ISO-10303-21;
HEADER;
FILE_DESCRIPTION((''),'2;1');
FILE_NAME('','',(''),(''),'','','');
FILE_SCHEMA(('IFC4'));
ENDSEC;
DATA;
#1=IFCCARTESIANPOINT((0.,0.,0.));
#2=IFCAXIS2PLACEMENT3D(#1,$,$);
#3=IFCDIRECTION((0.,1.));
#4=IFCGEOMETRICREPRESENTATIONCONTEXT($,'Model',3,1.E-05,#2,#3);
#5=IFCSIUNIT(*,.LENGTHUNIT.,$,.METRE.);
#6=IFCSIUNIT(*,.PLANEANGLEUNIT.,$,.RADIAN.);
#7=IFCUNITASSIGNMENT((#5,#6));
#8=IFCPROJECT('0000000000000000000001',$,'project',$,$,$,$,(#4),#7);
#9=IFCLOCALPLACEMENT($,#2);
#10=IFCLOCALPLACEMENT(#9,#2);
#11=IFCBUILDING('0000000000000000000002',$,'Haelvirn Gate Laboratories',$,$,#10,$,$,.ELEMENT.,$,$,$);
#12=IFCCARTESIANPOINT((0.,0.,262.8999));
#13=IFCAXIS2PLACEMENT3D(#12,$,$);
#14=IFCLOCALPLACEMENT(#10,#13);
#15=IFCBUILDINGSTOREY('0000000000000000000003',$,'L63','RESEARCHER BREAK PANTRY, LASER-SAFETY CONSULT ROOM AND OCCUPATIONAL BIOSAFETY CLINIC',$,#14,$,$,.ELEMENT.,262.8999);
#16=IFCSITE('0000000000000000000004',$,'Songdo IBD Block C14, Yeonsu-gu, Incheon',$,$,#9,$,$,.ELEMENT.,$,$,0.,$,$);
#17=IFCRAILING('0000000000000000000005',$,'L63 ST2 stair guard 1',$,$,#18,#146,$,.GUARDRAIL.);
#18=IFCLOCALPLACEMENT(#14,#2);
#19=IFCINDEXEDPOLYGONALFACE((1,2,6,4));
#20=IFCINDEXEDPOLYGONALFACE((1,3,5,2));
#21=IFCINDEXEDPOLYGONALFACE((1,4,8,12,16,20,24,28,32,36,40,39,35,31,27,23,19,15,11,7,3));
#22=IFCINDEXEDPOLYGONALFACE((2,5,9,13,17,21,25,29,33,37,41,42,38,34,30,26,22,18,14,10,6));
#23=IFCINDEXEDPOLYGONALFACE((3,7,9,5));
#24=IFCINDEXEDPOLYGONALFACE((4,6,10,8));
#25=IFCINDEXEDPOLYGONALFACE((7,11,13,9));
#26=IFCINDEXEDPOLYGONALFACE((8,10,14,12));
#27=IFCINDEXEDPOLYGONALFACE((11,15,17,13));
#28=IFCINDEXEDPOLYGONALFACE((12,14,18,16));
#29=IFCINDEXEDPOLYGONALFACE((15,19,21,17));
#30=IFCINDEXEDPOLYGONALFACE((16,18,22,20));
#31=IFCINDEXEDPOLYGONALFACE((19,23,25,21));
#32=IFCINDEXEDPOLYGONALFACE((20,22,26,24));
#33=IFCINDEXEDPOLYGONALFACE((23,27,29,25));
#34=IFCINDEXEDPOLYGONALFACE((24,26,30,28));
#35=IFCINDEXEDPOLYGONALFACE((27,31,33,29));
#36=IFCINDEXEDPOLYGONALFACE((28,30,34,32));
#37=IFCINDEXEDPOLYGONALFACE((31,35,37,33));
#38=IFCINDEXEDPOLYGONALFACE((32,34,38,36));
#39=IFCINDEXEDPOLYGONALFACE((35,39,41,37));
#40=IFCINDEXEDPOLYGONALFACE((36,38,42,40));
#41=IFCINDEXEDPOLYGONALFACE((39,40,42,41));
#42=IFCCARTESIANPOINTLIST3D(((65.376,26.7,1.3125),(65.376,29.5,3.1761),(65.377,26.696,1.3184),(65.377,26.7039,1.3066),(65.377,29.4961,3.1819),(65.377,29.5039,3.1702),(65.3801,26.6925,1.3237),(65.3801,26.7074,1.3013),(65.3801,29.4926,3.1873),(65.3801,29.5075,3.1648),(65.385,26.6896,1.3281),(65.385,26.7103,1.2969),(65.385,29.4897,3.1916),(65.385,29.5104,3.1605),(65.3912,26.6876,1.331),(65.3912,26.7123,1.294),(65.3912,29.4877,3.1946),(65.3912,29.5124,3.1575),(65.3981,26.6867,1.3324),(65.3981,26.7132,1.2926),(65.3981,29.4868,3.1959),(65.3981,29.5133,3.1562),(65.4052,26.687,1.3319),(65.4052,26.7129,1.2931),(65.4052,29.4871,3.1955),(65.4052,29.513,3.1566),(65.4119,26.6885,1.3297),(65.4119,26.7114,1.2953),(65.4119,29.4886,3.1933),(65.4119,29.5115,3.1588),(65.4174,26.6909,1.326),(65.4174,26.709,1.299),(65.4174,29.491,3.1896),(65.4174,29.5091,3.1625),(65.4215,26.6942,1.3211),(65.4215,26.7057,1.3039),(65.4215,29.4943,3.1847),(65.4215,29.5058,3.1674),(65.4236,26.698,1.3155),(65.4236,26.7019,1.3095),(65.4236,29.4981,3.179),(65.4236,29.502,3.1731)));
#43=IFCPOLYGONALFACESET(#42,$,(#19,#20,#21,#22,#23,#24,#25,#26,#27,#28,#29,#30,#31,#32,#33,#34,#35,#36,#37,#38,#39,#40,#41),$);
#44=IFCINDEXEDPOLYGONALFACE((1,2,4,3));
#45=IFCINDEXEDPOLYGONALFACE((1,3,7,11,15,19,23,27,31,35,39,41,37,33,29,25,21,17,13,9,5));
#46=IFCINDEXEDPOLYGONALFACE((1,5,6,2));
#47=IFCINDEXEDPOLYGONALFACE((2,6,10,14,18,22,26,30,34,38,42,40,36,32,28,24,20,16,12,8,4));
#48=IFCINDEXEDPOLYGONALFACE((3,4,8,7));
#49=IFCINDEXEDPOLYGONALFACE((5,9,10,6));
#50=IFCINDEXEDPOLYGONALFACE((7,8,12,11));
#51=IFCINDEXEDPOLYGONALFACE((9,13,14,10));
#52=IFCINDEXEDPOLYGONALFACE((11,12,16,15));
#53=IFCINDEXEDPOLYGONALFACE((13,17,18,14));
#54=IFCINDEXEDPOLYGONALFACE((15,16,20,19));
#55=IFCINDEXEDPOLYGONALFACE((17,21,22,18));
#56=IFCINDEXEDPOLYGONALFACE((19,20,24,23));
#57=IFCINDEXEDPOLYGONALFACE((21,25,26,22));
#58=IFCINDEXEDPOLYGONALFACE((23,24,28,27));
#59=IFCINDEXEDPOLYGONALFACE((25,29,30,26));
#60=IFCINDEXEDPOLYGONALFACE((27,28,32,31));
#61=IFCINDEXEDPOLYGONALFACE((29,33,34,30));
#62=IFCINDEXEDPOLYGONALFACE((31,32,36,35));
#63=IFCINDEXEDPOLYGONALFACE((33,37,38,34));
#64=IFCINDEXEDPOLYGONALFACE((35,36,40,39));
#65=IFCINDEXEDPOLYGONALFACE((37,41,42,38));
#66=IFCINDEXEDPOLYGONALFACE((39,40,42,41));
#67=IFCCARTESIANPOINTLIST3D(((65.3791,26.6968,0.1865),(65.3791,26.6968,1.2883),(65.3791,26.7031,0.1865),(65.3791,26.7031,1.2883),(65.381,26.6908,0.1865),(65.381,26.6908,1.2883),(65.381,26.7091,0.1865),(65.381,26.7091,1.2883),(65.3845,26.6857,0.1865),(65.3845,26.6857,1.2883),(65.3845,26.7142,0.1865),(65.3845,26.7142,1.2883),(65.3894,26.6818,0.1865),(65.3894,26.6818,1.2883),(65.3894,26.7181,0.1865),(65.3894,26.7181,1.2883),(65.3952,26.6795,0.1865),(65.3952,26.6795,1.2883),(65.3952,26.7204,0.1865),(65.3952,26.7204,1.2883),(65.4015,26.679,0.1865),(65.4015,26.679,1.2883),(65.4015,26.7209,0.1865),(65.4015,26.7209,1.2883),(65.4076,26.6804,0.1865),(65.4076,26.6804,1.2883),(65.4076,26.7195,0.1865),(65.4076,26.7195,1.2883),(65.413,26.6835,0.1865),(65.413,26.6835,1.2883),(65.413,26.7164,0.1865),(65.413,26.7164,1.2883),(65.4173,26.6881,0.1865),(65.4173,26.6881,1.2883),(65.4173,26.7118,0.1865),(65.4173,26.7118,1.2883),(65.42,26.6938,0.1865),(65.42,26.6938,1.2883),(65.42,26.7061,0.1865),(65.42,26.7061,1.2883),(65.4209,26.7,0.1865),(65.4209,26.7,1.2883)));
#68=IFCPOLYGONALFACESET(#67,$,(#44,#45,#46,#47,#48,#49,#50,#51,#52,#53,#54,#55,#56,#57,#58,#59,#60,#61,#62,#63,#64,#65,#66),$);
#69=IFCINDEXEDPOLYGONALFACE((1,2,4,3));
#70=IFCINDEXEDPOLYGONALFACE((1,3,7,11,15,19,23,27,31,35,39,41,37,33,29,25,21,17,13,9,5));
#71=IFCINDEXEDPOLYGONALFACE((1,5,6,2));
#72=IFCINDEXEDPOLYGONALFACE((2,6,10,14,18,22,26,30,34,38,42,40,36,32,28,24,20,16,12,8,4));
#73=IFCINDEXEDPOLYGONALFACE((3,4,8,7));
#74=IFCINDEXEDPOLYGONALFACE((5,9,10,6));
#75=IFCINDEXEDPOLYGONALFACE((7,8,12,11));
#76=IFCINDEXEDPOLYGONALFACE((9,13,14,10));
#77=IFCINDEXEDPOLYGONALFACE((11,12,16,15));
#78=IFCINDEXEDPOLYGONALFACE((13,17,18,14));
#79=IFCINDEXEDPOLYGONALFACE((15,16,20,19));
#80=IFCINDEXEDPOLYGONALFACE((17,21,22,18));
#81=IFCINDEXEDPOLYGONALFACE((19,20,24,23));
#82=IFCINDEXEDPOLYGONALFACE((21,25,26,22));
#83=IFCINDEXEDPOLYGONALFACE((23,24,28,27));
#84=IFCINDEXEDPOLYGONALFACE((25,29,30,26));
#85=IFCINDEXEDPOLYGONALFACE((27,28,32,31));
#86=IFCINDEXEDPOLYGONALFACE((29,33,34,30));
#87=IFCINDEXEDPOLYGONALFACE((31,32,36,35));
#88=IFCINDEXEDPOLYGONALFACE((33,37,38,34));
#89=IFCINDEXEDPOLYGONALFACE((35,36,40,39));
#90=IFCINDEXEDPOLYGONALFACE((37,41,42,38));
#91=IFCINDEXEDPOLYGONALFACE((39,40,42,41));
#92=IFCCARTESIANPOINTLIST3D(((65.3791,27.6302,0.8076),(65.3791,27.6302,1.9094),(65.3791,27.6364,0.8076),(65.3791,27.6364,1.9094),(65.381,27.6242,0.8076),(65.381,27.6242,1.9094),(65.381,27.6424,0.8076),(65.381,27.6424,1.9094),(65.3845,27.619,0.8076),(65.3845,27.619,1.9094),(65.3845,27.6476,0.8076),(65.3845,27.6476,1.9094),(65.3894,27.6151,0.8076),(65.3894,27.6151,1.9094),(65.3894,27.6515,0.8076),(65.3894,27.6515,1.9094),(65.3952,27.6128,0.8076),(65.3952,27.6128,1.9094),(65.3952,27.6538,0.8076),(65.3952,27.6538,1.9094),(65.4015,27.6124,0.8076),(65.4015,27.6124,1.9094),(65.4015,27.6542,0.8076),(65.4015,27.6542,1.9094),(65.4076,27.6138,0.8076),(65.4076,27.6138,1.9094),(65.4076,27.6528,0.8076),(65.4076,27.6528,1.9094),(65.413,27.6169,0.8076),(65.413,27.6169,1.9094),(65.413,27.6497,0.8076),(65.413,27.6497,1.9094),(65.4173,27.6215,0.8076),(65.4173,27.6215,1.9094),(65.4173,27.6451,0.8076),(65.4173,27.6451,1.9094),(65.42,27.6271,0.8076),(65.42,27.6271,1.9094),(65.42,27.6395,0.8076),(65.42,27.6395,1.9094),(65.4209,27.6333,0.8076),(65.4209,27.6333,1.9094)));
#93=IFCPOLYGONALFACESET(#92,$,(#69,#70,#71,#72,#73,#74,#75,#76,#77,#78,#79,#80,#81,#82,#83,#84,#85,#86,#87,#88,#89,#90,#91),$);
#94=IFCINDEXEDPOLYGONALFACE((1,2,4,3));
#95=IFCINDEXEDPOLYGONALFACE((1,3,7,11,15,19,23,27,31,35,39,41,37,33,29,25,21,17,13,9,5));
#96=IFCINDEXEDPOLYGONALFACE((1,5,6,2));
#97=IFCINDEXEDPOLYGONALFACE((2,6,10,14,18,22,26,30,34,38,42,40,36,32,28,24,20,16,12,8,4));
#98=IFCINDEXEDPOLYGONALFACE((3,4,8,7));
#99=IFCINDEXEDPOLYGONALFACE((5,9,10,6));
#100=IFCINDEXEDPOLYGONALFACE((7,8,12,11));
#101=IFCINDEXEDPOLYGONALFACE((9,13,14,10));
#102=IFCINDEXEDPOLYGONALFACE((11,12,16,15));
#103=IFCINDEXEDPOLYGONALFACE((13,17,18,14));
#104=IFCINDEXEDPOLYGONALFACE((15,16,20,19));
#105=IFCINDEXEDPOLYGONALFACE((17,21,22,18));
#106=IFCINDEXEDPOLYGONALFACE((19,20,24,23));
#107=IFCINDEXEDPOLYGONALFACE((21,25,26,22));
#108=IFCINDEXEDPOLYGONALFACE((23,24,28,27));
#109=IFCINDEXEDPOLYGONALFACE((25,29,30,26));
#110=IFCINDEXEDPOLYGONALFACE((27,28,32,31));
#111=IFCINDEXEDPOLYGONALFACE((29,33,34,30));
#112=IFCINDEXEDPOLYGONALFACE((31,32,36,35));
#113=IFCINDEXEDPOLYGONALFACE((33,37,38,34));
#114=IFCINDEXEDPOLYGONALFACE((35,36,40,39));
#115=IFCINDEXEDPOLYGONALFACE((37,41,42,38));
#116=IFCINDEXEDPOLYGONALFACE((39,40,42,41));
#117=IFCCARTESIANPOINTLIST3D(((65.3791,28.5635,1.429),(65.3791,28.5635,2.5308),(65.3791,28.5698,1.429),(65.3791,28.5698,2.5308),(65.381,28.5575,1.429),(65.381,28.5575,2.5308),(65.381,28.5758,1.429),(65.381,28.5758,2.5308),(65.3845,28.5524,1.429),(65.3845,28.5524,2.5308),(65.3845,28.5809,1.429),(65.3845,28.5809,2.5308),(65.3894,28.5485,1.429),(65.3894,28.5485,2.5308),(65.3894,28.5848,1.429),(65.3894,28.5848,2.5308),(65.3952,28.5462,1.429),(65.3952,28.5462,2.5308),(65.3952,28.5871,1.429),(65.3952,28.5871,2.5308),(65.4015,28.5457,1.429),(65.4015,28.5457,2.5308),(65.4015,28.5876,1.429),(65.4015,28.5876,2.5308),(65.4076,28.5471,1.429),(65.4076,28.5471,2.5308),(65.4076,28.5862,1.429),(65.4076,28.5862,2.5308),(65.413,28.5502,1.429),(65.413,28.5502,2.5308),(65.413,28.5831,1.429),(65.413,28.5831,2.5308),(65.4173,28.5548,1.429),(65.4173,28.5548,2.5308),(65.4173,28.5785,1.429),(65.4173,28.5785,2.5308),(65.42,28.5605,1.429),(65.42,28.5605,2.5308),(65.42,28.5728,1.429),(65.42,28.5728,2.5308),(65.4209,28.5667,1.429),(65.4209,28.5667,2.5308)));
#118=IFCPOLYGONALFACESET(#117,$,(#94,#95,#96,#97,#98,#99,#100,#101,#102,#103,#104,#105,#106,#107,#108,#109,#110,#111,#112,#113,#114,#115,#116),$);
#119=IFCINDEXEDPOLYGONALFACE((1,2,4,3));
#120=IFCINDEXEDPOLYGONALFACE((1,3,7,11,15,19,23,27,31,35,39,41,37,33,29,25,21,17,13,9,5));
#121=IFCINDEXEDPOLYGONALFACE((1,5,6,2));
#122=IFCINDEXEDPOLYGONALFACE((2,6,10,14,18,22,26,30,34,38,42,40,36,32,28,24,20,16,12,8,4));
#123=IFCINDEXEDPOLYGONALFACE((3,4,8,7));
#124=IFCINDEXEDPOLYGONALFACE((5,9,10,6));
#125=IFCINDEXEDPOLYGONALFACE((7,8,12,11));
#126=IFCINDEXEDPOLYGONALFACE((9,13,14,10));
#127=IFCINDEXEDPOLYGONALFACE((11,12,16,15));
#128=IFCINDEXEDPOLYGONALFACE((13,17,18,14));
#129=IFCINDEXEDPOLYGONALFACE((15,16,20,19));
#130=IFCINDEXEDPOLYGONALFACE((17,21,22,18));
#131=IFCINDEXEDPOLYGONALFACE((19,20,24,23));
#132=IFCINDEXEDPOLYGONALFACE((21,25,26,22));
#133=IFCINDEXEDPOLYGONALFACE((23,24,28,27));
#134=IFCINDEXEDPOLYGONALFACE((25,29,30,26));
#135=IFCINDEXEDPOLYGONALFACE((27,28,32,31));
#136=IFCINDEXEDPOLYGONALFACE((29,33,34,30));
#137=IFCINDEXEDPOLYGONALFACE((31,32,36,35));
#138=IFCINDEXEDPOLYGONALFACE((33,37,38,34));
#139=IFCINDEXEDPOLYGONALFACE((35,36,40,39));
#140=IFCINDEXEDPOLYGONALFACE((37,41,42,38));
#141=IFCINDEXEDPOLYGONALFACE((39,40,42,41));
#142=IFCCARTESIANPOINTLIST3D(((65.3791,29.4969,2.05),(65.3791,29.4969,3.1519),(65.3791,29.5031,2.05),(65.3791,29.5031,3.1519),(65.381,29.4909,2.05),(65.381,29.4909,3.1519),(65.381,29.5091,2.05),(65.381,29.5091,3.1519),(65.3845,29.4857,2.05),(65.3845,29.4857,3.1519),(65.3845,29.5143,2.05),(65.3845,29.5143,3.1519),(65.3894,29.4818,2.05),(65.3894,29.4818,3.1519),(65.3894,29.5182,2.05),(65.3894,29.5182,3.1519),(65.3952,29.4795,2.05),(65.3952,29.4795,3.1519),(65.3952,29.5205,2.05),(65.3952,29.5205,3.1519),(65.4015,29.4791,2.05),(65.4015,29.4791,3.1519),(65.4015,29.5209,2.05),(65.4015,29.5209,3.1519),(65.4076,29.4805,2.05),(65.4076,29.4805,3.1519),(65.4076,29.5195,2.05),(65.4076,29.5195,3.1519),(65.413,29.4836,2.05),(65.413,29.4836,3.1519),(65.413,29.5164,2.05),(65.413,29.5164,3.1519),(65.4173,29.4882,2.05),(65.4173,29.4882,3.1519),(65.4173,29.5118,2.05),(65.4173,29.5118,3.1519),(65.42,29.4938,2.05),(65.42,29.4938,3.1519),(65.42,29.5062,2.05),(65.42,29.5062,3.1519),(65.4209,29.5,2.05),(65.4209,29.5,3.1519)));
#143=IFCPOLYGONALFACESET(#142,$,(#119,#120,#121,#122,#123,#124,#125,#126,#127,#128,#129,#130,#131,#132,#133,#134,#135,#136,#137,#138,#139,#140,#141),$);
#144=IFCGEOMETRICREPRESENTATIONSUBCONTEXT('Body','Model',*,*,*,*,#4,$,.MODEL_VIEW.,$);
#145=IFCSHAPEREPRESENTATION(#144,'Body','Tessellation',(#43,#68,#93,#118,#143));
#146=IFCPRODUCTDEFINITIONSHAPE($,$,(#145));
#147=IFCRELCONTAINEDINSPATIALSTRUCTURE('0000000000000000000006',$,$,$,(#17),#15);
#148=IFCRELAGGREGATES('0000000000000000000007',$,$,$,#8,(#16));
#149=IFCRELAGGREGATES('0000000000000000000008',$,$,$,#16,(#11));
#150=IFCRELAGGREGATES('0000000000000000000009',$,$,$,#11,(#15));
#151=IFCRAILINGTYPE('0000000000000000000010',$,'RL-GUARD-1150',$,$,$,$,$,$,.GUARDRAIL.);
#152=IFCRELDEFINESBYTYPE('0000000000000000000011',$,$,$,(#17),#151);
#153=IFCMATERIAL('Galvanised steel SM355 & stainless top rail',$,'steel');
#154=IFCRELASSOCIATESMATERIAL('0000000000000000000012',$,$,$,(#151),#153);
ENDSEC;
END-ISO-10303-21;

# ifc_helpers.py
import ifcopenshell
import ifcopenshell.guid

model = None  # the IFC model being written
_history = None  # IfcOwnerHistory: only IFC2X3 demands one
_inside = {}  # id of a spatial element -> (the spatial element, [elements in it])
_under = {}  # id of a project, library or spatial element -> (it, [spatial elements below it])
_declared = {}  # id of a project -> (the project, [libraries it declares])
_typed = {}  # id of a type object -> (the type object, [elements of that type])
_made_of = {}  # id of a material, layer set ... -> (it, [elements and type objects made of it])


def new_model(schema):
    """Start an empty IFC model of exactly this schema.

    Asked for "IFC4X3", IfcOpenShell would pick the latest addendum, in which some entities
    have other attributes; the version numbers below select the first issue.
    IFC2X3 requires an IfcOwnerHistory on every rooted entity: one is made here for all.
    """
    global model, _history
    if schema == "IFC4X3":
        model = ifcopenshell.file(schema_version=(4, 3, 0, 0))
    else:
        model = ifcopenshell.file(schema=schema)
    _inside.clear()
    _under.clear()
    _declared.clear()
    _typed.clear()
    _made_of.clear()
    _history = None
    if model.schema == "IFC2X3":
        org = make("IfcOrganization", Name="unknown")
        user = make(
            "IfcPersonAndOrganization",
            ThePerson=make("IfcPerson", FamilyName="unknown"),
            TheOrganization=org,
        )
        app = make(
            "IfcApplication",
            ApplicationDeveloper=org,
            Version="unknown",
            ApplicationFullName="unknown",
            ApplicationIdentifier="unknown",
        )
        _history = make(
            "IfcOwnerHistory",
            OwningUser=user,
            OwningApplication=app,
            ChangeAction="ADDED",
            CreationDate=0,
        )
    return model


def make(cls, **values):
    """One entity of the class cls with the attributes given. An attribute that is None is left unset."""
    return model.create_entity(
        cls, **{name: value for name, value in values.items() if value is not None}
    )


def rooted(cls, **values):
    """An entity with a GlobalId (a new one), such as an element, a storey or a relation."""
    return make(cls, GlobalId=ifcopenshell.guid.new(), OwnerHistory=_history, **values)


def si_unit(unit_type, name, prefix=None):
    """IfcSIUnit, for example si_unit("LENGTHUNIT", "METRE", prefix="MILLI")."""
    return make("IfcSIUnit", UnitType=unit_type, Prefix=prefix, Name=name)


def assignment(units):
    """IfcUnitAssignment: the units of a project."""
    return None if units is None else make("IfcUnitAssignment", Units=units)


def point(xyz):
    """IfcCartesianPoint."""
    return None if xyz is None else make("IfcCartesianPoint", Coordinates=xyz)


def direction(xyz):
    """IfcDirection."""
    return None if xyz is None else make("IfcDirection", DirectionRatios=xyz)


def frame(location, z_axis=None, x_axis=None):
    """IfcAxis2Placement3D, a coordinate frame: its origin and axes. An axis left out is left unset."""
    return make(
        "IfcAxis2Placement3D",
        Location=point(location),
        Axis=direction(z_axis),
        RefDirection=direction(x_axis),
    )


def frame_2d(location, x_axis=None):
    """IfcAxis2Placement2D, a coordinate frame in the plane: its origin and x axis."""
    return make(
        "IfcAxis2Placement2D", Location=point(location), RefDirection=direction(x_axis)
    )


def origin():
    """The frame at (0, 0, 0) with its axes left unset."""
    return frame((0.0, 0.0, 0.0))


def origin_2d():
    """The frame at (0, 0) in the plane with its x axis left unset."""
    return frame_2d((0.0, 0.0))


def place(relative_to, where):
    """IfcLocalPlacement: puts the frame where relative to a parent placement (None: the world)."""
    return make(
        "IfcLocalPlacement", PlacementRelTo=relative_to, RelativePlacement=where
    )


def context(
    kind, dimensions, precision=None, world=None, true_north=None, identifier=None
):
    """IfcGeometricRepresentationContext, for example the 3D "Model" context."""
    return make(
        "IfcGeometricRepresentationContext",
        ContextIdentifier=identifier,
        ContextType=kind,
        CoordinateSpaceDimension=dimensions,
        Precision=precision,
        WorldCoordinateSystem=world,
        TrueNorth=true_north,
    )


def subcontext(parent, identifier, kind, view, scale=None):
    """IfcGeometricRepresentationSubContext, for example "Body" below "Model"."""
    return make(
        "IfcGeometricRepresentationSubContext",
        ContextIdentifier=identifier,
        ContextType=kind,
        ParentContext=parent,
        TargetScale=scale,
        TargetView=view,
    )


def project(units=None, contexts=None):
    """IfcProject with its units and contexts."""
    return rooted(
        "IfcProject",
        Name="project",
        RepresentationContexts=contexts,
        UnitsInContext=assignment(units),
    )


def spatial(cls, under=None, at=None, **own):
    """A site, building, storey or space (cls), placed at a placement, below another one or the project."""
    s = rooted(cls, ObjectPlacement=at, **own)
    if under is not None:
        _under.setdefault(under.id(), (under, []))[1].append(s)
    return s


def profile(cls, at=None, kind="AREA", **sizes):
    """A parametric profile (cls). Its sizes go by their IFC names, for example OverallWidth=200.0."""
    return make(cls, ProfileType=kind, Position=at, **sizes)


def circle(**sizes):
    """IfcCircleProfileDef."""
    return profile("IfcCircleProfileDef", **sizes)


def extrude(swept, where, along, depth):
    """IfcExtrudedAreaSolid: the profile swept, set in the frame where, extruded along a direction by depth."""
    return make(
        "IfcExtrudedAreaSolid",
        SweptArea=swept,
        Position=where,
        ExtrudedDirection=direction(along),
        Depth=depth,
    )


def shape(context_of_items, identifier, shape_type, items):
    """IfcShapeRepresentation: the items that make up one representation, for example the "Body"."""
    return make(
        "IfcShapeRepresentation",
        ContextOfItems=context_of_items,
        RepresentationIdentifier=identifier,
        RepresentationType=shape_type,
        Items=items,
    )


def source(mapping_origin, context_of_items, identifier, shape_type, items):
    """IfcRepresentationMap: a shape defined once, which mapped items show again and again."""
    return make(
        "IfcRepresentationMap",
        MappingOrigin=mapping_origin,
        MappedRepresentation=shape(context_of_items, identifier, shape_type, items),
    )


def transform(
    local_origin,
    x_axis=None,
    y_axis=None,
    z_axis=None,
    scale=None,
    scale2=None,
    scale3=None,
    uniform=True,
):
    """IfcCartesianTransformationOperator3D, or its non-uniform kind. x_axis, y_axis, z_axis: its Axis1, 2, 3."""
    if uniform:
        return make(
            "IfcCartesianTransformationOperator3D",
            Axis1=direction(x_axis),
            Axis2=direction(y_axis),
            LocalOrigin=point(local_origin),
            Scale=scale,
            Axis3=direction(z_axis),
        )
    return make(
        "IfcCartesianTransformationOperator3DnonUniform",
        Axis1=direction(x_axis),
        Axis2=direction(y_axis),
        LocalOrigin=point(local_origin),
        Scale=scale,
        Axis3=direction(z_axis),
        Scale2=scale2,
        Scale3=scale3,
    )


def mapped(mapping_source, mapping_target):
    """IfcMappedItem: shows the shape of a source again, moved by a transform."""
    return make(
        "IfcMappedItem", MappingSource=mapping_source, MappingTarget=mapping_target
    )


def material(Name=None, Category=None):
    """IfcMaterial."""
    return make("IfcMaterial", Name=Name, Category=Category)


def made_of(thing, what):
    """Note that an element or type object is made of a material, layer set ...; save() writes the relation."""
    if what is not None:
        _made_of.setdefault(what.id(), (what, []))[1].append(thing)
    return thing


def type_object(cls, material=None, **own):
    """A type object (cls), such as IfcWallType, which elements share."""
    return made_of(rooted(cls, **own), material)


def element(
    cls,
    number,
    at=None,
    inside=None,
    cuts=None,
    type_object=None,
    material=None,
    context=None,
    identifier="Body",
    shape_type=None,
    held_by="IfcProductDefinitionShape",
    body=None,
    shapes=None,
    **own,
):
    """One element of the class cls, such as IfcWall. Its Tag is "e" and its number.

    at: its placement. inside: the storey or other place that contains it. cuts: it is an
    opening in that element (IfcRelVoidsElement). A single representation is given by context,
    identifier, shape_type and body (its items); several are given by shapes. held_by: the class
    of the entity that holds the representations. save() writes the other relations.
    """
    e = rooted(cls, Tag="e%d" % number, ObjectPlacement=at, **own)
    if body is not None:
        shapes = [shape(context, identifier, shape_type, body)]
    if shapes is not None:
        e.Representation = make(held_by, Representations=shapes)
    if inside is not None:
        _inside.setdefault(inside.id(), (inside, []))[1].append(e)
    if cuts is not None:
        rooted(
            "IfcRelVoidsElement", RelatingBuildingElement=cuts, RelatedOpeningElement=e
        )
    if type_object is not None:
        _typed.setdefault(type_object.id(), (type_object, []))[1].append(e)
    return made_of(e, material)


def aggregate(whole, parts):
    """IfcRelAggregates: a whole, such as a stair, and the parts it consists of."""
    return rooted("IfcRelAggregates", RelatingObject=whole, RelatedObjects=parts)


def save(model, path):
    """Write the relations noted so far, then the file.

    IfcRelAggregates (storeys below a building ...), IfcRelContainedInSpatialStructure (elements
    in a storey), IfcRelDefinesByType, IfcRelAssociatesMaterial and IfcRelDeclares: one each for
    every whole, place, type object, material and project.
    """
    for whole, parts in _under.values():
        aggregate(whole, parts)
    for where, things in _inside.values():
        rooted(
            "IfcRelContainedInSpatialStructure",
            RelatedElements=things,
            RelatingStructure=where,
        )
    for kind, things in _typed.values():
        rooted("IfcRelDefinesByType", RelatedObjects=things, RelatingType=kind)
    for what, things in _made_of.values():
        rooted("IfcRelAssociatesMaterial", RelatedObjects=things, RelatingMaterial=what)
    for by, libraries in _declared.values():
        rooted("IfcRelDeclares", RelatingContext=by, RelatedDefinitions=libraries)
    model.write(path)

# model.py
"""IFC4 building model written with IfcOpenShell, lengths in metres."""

from ifc_helpers import new_model, si_unit, direction, frame, origin, origin_2d, place, context, subcontext, project, spatial, circle, extrude, source, transform, mapped, material, type_object, element, save


model = new_model("IFC4")

# Units and contexts
model_context = context("Model", 3, precision=1e-05, world=origin(), true_north=direction((0.0, 1.0)))
body_context = subcontext(model_context, "Body", "Model", "MODEL_VIEW")
ifc_project = project(units=[si_unit("LENGTHUNIT", "METRE"), si_unit("PLANEANGLEUNIT", "RADIAN")], contexts=[model_context])

# Site, building, storey
site_placement = place(None, origin())
site = spatial("IfcSite", under=ifc_project, at=site_placement, Name="Songdo IBD Block C14, Yeonsu-gu, Incheon", CompositionType="ELEMENT", RefElevation=0.0)
building_placement = place(site_placement, origin())
building = spatial("IfcBuilding", under=site, at=building_placement, Name="Haelvirn Gate Laboratories", CompositionType="ELEMENT")
storey_placement = place(building_placement, frame((0.0, 0.0, 262.8999)))
storey = spatial("IfcBuildingStorey", under=building, at=storey_placement, Name="L63", Description="RESEARCHER BREAK PANTRY, LASER-SAFETY CONSULT ROOM AND OCCUPATIONAL BIOSAFETY CLINIC", CompositionType="ELEMENT", Elevation=262.8999)

# Railing
ifc_material_1 = material(Name="Galvanised steel SM355 & stainless top rail", Category="steel")
railing_type_1 = type_object("IfcRailingType", Name="RL-GUARD-1150", PredefinedType="GUARDRAIL", material=ifc_material_1)
shared_shape_1 = source(origin(), body_context, "Body", "SweptSolid", [
    extrude(circle(Radius=0.0239, at=origin_2d()), frame((0.0, 0.0, 1.126), z_axis=(0.0, 0.832486, 0.554047), x_axis=(-1.0, 0.0, 0.0)), (0.0, 0.0, 1.0), 3.3635),
    extrude(circle(Radius=0.021, at=origin_2d()), origin(), (0.0, 0.0, 1.0), 1.1018),
    extrude(circle(Radius=0.021, at=origin_2d()), frame((0.0, 0.9333, 0.6211)), (0.0, 0.0, 1.0), 1.1018),
    extrude(circle(Radius=0.021, at=origin_2d()), frame((0.0, 1.8667, 1.2424)), (0.0, 0.0, 1.0), 1.1018),
    extrude(circle(Radius=0.021, at=origin_2d()), frame((0.0, 2.8, 1.8635)), (0.0, 0.0, 1.0), 1.1018),
])
railing_1_placement = place(storey_placement, frame((65.3999, 26.7, 0.1865)))
element("IfcRailing", 1, at=railing_1_placement, inside=storey, type_object=railing_type_1, Name="L63 ST2 stair guard 1", PredefinedType="GUARDRAIL", context=body_context, shape_type="MappedRepresentation", body=[
    mapped(shared_shape_1, transform((0.0, 0.0, 0.0), scale=1.0)),
])

save(model, "model.ifc")
